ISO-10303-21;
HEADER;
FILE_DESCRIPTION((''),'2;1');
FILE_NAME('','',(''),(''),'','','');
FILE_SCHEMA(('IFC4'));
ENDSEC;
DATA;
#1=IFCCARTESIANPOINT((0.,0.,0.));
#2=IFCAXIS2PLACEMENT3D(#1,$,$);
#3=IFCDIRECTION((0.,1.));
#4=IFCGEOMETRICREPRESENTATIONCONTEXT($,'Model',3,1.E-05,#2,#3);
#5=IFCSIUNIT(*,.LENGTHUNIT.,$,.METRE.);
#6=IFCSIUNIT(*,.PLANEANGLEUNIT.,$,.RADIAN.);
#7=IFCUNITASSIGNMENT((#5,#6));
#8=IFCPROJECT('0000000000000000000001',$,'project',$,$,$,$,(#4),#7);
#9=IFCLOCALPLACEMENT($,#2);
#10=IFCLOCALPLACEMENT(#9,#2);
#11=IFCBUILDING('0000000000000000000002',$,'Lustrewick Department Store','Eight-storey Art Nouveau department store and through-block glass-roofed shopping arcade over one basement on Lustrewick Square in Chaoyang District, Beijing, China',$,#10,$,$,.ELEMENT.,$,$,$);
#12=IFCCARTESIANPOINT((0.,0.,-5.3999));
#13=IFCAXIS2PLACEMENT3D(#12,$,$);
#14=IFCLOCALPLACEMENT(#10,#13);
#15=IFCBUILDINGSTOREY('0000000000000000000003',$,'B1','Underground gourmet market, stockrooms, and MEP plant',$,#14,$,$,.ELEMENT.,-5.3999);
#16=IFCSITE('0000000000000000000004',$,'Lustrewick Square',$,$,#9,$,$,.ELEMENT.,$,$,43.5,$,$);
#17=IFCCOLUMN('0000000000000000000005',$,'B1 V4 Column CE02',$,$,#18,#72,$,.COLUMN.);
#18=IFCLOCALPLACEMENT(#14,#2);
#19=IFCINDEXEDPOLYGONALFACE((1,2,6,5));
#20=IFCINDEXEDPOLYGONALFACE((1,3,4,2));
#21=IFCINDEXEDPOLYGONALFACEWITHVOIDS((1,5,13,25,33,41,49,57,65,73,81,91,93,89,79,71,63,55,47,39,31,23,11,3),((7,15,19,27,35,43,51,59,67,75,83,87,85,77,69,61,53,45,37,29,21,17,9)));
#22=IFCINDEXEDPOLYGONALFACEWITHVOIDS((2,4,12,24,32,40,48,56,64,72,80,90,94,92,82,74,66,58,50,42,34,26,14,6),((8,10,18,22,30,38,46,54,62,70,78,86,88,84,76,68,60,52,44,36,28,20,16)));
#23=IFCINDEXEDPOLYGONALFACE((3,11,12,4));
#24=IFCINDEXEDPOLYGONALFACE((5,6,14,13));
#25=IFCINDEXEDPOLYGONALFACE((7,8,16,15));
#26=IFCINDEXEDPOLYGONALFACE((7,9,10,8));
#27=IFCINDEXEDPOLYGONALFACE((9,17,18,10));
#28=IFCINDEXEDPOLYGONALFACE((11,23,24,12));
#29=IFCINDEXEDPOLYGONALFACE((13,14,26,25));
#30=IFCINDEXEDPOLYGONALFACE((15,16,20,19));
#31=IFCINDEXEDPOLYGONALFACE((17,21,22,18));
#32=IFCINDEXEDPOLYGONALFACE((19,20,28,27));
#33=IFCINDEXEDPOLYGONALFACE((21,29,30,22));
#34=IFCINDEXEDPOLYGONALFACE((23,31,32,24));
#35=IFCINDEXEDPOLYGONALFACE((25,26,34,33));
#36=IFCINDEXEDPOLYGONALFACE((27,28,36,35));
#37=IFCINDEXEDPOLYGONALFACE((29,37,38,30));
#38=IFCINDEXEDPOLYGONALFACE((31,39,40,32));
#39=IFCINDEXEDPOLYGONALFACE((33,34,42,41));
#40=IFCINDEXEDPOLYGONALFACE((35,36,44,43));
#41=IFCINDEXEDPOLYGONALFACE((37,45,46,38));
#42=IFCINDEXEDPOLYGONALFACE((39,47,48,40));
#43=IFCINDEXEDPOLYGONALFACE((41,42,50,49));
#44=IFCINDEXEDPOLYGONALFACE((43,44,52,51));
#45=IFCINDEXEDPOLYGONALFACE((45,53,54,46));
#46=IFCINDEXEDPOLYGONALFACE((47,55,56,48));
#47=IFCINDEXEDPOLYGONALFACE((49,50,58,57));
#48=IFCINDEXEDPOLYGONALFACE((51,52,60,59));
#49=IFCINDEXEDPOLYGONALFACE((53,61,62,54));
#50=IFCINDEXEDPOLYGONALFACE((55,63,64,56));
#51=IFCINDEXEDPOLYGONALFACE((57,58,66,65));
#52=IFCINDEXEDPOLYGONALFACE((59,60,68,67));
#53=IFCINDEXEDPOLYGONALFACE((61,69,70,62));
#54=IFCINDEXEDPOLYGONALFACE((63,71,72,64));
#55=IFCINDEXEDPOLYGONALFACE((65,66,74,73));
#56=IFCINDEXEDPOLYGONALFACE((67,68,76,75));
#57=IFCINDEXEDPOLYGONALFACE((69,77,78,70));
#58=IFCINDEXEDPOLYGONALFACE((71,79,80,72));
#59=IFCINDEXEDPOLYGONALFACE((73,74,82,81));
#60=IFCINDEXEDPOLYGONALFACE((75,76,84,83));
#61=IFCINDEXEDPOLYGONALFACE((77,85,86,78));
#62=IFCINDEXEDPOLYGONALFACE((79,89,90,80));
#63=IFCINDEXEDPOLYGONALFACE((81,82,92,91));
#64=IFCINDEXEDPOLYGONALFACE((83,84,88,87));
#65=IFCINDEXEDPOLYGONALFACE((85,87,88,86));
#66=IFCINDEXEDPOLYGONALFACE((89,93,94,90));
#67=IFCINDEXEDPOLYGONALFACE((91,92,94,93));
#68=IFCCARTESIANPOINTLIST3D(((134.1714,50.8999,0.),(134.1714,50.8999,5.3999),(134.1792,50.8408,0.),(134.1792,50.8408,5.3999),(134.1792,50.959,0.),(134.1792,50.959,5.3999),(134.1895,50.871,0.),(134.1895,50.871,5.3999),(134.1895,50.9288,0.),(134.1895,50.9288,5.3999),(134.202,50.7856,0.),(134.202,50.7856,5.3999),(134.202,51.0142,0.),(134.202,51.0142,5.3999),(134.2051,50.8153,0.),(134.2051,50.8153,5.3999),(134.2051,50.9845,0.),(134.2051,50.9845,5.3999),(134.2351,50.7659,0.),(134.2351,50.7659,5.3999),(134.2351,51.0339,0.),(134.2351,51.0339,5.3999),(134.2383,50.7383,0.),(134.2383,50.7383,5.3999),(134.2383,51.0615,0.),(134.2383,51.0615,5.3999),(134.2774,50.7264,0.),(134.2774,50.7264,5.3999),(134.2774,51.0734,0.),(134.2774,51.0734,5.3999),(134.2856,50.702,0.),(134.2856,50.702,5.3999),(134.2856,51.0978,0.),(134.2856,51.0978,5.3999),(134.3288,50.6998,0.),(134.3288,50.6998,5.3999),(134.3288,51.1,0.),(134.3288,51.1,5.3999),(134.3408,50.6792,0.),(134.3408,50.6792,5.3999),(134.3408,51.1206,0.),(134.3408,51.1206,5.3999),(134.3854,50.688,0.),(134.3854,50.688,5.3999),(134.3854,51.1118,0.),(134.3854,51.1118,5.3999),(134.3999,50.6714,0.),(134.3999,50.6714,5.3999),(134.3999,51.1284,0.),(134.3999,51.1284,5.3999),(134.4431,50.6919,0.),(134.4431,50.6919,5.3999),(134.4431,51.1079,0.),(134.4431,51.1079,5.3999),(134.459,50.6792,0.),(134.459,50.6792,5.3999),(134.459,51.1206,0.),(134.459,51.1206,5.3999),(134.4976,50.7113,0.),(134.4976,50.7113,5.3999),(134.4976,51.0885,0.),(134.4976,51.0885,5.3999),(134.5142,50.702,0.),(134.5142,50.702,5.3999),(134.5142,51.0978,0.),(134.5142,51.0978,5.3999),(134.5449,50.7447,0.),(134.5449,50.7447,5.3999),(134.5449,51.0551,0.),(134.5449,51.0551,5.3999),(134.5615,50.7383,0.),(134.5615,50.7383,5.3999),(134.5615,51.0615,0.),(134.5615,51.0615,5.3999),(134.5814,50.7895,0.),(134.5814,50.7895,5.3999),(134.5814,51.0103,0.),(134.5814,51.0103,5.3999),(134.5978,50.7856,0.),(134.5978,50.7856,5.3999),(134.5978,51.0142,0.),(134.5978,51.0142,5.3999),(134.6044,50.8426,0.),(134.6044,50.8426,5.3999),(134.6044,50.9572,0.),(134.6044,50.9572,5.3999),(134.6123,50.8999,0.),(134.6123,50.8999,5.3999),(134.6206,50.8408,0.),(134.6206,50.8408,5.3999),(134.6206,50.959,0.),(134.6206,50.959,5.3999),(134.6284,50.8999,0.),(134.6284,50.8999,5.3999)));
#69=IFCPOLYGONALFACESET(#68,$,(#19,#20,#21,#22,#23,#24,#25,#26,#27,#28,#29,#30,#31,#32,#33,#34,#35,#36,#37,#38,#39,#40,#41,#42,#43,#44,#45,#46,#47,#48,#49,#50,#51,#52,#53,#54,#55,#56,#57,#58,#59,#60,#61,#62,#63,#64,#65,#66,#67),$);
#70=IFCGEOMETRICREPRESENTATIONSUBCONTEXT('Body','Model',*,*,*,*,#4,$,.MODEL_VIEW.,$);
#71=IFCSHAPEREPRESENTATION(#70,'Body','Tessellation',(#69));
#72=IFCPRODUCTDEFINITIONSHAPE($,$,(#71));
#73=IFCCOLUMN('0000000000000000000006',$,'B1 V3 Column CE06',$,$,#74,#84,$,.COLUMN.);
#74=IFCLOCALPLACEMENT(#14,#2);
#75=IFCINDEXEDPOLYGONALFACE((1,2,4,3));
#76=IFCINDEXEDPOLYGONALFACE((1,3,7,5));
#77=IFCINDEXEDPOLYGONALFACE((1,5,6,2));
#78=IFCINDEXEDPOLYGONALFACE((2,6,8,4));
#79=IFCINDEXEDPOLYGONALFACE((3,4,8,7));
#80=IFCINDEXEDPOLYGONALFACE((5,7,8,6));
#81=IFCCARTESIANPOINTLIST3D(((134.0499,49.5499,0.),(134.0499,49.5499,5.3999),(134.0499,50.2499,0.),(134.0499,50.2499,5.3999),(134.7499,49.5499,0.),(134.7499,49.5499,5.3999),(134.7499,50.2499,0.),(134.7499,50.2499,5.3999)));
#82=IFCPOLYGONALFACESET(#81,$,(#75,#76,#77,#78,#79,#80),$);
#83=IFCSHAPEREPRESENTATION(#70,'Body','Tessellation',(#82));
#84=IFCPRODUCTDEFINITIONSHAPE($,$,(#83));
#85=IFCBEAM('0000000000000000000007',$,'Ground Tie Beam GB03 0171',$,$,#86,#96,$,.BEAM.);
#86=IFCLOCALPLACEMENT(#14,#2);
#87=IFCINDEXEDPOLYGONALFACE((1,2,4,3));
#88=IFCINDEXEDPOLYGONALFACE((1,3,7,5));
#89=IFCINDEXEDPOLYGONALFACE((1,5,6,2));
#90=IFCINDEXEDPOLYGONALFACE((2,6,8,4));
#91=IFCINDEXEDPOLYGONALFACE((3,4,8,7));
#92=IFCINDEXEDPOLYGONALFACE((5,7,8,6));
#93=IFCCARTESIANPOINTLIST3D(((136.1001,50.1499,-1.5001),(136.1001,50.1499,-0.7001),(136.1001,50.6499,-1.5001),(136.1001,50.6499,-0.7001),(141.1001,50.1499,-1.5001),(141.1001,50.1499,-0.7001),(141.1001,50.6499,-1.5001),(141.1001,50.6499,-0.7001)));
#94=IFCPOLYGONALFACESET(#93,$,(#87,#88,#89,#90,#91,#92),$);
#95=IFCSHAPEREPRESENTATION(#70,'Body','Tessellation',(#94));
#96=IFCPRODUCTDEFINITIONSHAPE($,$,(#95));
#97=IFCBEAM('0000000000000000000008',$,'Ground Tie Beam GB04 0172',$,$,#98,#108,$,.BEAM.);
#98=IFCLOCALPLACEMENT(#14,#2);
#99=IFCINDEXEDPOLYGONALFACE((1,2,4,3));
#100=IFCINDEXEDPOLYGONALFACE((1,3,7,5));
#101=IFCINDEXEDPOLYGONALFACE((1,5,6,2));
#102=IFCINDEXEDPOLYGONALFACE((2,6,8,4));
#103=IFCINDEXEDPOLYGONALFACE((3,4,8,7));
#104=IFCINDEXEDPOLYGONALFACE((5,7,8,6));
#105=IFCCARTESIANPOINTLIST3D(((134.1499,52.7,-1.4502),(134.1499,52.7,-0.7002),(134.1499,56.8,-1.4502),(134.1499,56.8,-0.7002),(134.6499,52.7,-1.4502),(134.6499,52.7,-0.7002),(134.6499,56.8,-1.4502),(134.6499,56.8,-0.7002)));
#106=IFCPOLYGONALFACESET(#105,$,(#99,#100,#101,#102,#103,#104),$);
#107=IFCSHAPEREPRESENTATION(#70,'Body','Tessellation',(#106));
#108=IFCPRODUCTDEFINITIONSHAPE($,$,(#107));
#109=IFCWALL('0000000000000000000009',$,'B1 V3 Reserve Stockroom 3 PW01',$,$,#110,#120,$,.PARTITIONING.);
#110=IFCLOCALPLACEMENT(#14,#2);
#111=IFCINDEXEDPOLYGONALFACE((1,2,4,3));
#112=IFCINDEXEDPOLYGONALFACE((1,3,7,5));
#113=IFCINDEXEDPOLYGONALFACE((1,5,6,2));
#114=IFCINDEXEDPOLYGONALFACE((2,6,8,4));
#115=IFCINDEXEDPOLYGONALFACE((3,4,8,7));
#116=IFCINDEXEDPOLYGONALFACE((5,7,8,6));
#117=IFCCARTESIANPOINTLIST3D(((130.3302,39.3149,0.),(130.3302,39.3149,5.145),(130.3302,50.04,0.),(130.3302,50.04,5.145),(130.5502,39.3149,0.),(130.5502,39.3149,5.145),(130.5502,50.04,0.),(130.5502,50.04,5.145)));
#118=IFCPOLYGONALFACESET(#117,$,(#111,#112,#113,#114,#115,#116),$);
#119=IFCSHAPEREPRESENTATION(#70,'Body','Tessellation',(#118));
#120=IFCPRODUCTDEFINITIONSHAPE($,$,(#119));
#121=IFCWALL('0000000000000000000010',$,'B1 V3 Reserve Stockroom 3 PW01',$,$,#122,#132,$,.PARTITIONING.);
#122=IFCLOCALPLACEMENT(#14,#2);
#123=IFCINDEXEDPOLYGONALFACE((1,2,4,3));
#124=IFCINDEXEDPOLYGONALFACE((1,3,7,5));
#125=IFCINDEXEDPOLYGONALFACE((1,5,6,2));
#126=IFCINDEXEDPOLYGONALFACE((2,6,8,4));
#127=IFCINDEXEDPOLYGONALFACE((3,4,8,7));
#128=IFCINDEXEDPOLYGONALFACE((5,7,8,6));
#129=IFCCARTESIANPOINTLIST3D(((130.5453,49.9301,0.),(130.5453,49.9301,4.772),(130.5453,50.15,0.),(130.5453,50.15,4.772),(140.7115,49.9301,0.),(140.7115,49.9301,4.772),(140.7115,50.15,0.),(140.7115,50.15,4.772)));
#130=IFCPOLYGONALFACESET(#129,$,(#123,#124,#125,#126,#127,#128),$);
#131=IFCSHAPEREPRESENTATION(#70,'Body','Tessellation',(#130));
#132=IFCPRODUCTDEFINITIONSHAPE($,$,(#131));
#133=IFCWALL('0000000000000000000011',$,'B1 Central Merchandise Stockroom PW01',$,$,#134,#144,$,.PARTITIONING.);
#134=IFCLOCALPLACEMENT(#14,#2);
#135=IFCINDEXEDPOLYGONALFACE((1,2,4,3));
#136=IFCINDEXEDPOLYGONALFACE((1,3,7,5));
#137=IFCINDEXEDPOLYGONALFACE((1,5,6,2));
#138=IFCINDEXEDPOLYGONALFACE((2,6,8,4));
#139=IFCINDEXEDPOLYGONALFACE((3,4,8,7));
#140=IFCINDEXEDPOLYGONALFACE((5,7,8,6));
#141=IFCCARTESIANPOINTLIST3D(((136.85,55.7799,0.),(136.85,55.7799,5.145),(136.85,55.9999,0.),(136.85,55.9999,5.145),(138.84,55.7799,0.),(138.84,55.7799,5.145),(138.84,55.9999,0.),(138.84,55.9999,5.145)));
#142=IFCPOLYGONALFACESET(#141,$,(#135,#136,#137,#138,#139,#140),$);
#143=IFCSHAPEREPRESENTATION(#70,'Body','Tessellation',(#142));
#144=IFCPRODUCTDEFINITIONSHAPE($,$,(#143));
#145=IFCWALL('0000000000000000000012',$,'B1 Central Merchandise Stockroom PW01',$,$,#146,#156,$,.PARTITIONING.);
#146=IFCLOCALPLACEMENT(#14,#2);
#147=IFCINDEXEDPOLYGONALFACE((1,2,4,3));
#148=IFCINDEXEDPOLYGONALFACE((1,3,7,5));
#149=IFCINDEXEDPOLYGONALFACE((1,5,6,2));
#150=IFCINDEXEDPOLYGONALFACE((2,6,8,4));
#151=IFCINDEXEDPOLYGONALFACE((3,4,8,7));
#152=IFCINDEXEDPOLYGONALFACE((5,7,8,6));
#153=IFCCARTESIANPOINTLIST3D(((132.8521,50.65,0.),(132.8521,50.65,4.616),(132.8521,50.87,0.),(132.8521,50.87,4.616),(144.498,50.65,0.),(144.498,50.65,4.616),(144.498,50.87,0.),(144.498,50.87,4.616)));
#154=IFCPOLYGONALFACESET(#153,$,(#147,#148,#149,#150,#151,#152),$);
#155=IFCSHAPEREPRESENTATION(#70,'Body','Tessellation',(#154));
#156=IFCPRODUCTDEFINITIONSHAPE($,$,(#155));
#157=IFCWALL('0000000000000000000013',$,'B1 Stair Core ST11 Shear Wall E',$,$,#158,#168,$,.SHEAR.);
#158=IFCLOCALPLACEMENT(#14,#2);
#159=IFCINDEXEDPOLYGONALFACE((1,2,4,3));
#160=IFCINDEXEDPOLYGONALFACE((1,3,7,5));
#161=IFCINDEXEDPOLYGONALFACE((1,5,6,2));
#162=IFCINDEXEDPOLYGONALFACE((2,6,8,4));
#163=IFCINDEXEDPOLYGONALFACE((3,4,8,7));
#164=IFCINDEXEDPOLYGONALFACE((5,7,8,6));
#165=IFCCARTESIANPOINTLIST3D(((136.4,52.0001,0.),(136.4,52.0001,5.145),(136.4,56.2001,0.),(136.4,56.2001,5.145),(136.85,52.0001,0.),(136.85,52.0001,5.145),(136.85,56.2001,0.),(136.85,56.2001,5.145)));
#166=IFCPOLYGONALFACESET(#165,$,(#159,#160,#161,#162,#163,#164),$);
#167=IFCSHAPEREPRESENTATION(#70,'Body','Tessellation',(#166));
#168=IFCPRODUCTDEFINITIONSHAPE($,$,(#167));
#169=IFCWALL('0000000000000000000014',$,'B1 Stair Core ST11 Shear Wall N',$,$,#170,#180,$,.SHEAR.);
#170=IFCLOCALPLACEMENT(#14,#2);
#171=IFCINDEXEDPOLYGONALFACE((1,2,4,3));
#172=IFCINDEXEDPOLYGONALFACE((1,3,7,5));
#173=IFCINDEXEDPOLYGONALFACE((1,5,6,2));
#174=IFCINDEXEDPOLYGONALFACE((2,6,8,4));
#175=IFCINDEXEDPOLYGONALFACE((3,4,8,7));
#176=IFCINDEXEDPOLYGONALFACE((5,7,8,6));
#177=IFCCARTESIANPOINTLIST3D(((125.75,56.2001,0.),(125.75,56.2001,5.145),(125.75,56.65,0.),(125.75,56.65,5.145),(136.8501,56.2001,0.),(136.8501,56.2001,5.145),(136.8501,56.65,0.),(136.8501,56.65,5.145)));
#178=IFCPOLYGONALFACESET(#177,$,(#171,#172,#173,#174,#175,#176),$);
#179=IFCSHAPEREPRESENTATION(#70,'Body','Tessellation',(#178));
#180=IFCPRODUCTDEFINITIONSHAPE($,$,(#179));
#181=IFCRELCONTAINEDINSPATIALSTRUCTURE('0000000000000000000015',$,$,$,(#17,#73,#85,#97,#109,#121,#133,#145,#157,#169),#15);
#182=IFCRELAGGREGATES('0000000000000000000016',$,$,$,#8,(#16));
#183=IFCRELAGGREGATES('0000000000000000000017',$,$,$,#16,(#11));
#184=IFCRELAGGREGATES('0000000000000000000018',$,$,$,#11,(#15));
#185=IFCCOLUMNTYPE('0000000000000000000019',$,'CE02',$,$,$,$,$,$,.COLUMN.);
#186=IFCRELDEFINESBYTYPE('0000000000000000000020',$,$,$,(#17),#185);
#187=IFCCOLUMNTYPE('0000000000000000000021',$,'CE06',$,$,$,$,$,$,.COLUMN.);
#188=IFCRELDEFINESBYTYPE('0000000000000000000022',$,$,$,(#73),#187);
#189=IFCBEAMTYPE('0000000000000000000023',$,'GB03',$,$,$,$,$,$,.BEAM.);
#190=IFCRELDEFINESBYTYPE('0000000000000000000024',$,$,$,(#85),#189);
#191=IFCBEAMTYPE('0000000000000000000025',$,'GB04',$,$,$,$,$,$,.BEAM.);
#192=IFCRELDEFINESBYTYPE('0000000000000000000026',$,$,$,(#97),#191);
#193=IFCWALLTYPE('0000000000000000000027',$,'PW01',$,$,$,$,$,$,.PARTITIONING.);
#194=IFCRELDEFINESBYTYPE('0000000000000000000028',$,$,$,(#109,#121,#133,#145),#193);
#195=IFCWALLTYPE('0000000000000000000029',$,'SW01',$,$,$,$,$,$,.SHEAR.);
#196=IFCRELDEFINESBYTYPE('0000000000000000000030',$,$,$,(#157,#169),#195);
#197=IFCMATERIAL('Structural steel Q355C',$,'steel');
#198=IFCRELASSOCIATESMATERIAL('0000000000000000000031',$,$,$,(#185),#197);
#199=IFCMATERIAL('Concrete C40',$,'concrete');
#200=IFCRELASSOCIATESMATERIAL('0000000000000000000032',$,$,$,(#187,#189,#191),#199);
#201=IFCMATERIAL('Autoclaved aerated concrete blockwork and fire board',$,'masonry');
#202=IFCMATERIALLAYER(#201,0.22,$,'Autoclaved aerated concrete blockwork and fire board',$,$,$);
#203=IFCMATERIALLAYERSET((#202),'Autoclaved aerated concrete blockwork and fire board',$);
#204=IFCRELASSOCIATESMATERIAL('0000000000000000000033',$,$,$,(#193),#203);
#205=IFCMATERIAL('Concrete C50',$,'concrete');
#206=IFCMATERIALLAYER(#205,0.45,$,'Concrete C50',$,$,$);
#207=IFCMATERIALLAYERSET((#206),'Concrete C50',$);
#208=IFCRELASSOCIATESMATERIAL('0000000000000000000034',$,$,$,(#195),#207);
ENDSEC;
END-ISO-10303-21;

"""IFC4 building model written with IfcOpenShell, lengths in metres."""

from ifc_helpers import new_model, si_unit, direction, frame, frame_2d, origin, origin_2d, place, context, subcontext, project, spatial, rectangle, hollow_circle, extrude, material, layer, layer_set, material_profile, profile_set, type_object, element, save


model = new_model("IFC4")

# Units and contexts
model_context = context("Model", 3, precision=1e-05, world=origin(), true_north=direction((0.0, 1.0)))
body_context = subcontext(model_context, "Body", "Model", "MODEL_VIEW")
ifc_project = project(units=[si_unit("LENGTHUNIT", "METRE"), si_unit("PLANEANGLEUNIT", "RADIAN")], contexts=[model_context])

# Site, building, storey
site_placement = place(None, origin())
site = spatial("IfcSite", under=ifc_project, at=site_placement, Name="Lustrewick Square", CompositionType="ELEMENT", RefElevation=43.5)
building_placement = place(site_placement, origin())
building = spatial("IfcBuilding", under=site, at=building_placement, Name="Lustrewick Department Store", Description="Eight-storey Art Nouveau department store and through-block glass-roofed shopping arcade over one basement on Lustrewick Square in Chaoyang District, Beijing, China", CompositionType="ELEMENT")
storey_placement = place(building_placement, frame((0.0, 0.0, -5.3999)))
storey = spatial("IfcBuildingStorey", under=building, at=storey_placement, Name="B1", Description="Underground gourmet market, stockrooms, and MEP plant", CompositionType="ELEMENT", Elevation=-5.3999)

# Shared definitions
ifc_material_1 = material(Name="Concrete C40", Category="concrete")

# Columns
ifc_material_2 = material(Name="Structural steel Q355C", Category="steel")
ifc_material_profile_1 = material_profile(ifc_material_2, hollow_circle(Radius=0.2285, WallThickness=0.0161, at=origin_2d()), Name="CHS 457x16")
ifc_profile_set_1 = profile_set([ifc_material_profile_1], Name="Structural steel Q355C")
column_type_1 = type_object("IfcColumnType", Name="CE02", PredefinedType="COLUMN", material=ifc_profile_set_1)
column_1_placement = place(storey_placement, frame((134.3999, 50.8999, 0.0), z_axis=(0.0, 0.0, 1.0), x_axis=(1.0, 0.0, 0.0)))
element("IfcColumn", 1, at=column_1_placement, inside=storey, type_object=column_type_1, Name="B1 V4 Column CE02", PredefinedType="COLUMN", context=body_context, shape_type="SweptSolid", body=[
    extrude(hollow_circle(Radius=0.2285, WallThickness=0.0161, at=origin_2d()), origin(), (0.0, 0.0, 1.0), 5.3999),
])
ifc_material_profile_2 = material_profile(ifc_material_1, rectangle(XDim=0.7, YDim=0.7, at=origin_2d()), Name="RC 700x700")
ifc_profile_set_2 = profile_set([ifc_material_profile_2], Name="Concrete C40")
column_type_2 = type_object("IfcColumnType", Name="CE06", PredefinedType="COLUMN", material=ifc_profile_set_2)
column_2_placement = place(storey_placement, frame((134.3999, 49.8999, 0.0), z_axis=(0.0, 0.0, 1.0), x_axis=(1.0, 0.0, 0.0)))
element("IfcColumn", 2, at=column_2_placement, inside=storey, type_object=column_type_2, Name="B1 V3 Column CE06", PredefinedType="COLUMN", context=body_context, shape_type="SweptSolid", body=[
    extrude(rectangle(XDim=0.7, YDim=0.7, at=origin_2d()), origin(), (0.0, 0.0, 1.0), 5.3999),
])

# Beams
ifc_material_profile_3 = material_profile(ifc_material_1, rectangle(XDim=0.5, YDim=0.8, at=origin_2d()), Name="RC 500x800")
ifc_profile_set_3 = profile_set([ifc_material_profile_3], Name="Concrete C40")
beam_type_1 = type_object("IfcBeamType", Name="GB03", PredefinedType="BEAM", material=ifc_profile_set_3)
beam_1_placement = place(storey_placement, frame((136.1001, 50.3999, -1.1001), z_axis=(1.0, 0.0, 0.0), x_axis=(0.0, 1.0, 0.0)))
element("IfcBeam", 3, at=beam_1_placement, inside=storey, type_object=beam_type_1, Name="Ground Tie Beam GB03 0171", PredefinedType="BEAM", context=body_context, shape_type="SweptSolid", body=[
    extrude(rectangle(XDim=0.5, YDim=0.8, at=origin_2d()), origin(), (0.0, 0.0, 1.0), 5.0),
])
ifc_material_profile_4 = material_profile(ifc_material_1, rectangle(XDim=0.5, YDim=0.75, at=origin_2d()), Name="RC 500x750")
ifc_profile_set_4 = profile_set([ifc_material_profile_4], Name="Concrete C40")
beam_type_2 = type_object("IfcBeamType", Name="GB04", PredefinedType="BEAM", material=ifc_profile_set_4)
beam_2_placement = place(storey_placement, frame((134.3999, 52.7, -1.0752), z_axis=(0.0, 1.0, 0.0), x_axis=(-1.0, 0.0, 0.0)))
element("IfcBeam", 4, at=beam_2_placement, inside=storey, type_object=beam_type_2, Name="Ground Tie Beam GB04 0172", PredefinedType="BEAM", context=body_context, shape_type="SweptSolid", body=[
    extrude(rectangle(XDim=0.5, YDim=0.75, at=origin_2d()), origin(), (0.0, 0.0, 1.0), 4.1001),
])

# Walls
ifc_material_3 = material(Name="Autoclaved aerated concrete blockwork and fire board", Category="masonry")
ifc_layer_1 = layer(ifc_material_3, 0.22, Name="Autoclaved aerated concrete blockwork and fire board")
ifc_layer_set_1 = layer_set([ifc_layer_1], Name="Autoclaved aerated concrete blockwork and fire board")
wall_type_1 = type_object("IfcWallType", Name="PW01", PredefinedType="PARTITIONING", material=ifc_layer_set_1)
wall_1_placement = place(storey_placement, frame((130.4402, 50.04, 0.0), z_axis=(0.0, 0.0, 1.0), x_axis=(0.0, -1.0, 0.0)))
element("IfcWall", 5, at=wall_1_placement, inside=storey, type_object=wall_type_1, Name="B1 V3 Reserve Stockroom 3 PW01", PredefinedType="PARTITIONING", context=body_context, shape_type="SweptSolid", body=[
    extrude(rectangle(XDim=10.7251, YDim=0.22, at=frame_2d((5.3625, 0.0))), origin(), (0.0, 0.0, 1.0), 5.145),
])
wall_2_placement = place(storey_placement, frame((140.7114, 50.04, 0.0), z_axis=(0.0, 0.0, 1.0), x_axis=(-1.0, 0.0, 0.0)))
element("IfcWall", 6, at=wall_2_placement, inside=storey, type_object=wall_type_1, Name="B1 V3 Reserve Stockroom 3 PW01", PredefinedType="PARTITIONING", context=body_context, shape_type="SweptSolid", body=[
    extrude(rectangle(XDim=10.1663, YDim=0.22, at=frame_2d((5.083, 0.0))), origin(), (0.0, 0.0, 1.0), 4.772),
])
wall_3_placement = place(storey_placement, frame((138.8401, 55.8899, 0.0), z_axis=(0.0, 0.0, 1.0), x_axis=(-1.0, 0.0, 0.0)))
element("IfcWall", 7, at=wall_3_placement, inside=storey, type_object=wall_type_1, Name="B1 Central Merchandise Stockroom PW01", PredefinedType="PARTITIONING", context=body_context, shape_type="SweptSolid", body=[
    extrude(rectangle(XDim=1.99, YDim=0.22, at=frame_2d((0.9951, 0.0))), origin(), (0.0, 0.0, 1.0), 5.145),
])
wall_4_placement = place(storey_placement, frame((132.8521, 50.76, 0.0), z_axis=(0.0, 0.0, 1.0), x_axis=(1.0, 0.0, 0.0)))
element("IfcWall", 8, at=wall_4_placement, inside=storey, type_object=wall_type_1, Name="B1 Central Merchandise Stockroom PW01", PredefinedType="PARTITIONING", context=body_context, shape_type="SweptSolid", body=[
    extrude(rectangle(XDim=11.646, YDim=0.22, at=frame_2d((5.823, 0.0))), origin(), (0.0, 0.0, 1.0), 4.616),
])
ifc_material_4 = material(Name="Concrete C50", Category="concrete")
ifc_layer_2 = layer(ifc_material_4, 0.45, Name="Concrete C50")
ifc_layer_set_2 = layer_set([ifc_layer_2], Name="Concrete C50")
wall_type_2 = type_object("IfcWallType", Name="SW01", PredefinedType="SHEAR", material=ifc_layer_set_2)
wall_5_placement = place(storey_placement, frame((136.625, 52.0, 0.0), z_axis=(0.0, 0.0, 1.0), x_axis=(0.0, 1.0, 0.0)))
element("IfcWall", 9, at=wall_5_placement, inside=storey, type_object=wall_type_2, Name="B1 Stair Core ST11 Shear Wall E", PredefinedType="SHEAR", context=body_context, shape_type="SweptSolid", body=[
    extrude(rectangle(XDim=4.2, YDim=0.45, at=frame_2d((2.1001, 0.0))), origin(), (0.0, 0.0, 1.0), 5.145),
])
wall_6_placement = place(storey_placement, frame((136.8501, 56.425, 0.0), z_axis=(0.0, 0.0, 1.0), x_axis=(-1.0, 0.0, 0.0)))
element("IfcWall", 10, at=wall_6_placement, inside=storey, type_object=wall_type_2, Name="B1 Stair Core ST11 Shear Wall N", PredefinedType="SHEAR", context=body_context, shape_type="SweptSolid", body=[
    extrude(rectangle(XDim=11.1001, YDim=0.45, at=frame_2d((5.55, 0.0))), origin(), (0.0, 0.0, 1.0), 5.145),
])

save(model, "model.ifc")
